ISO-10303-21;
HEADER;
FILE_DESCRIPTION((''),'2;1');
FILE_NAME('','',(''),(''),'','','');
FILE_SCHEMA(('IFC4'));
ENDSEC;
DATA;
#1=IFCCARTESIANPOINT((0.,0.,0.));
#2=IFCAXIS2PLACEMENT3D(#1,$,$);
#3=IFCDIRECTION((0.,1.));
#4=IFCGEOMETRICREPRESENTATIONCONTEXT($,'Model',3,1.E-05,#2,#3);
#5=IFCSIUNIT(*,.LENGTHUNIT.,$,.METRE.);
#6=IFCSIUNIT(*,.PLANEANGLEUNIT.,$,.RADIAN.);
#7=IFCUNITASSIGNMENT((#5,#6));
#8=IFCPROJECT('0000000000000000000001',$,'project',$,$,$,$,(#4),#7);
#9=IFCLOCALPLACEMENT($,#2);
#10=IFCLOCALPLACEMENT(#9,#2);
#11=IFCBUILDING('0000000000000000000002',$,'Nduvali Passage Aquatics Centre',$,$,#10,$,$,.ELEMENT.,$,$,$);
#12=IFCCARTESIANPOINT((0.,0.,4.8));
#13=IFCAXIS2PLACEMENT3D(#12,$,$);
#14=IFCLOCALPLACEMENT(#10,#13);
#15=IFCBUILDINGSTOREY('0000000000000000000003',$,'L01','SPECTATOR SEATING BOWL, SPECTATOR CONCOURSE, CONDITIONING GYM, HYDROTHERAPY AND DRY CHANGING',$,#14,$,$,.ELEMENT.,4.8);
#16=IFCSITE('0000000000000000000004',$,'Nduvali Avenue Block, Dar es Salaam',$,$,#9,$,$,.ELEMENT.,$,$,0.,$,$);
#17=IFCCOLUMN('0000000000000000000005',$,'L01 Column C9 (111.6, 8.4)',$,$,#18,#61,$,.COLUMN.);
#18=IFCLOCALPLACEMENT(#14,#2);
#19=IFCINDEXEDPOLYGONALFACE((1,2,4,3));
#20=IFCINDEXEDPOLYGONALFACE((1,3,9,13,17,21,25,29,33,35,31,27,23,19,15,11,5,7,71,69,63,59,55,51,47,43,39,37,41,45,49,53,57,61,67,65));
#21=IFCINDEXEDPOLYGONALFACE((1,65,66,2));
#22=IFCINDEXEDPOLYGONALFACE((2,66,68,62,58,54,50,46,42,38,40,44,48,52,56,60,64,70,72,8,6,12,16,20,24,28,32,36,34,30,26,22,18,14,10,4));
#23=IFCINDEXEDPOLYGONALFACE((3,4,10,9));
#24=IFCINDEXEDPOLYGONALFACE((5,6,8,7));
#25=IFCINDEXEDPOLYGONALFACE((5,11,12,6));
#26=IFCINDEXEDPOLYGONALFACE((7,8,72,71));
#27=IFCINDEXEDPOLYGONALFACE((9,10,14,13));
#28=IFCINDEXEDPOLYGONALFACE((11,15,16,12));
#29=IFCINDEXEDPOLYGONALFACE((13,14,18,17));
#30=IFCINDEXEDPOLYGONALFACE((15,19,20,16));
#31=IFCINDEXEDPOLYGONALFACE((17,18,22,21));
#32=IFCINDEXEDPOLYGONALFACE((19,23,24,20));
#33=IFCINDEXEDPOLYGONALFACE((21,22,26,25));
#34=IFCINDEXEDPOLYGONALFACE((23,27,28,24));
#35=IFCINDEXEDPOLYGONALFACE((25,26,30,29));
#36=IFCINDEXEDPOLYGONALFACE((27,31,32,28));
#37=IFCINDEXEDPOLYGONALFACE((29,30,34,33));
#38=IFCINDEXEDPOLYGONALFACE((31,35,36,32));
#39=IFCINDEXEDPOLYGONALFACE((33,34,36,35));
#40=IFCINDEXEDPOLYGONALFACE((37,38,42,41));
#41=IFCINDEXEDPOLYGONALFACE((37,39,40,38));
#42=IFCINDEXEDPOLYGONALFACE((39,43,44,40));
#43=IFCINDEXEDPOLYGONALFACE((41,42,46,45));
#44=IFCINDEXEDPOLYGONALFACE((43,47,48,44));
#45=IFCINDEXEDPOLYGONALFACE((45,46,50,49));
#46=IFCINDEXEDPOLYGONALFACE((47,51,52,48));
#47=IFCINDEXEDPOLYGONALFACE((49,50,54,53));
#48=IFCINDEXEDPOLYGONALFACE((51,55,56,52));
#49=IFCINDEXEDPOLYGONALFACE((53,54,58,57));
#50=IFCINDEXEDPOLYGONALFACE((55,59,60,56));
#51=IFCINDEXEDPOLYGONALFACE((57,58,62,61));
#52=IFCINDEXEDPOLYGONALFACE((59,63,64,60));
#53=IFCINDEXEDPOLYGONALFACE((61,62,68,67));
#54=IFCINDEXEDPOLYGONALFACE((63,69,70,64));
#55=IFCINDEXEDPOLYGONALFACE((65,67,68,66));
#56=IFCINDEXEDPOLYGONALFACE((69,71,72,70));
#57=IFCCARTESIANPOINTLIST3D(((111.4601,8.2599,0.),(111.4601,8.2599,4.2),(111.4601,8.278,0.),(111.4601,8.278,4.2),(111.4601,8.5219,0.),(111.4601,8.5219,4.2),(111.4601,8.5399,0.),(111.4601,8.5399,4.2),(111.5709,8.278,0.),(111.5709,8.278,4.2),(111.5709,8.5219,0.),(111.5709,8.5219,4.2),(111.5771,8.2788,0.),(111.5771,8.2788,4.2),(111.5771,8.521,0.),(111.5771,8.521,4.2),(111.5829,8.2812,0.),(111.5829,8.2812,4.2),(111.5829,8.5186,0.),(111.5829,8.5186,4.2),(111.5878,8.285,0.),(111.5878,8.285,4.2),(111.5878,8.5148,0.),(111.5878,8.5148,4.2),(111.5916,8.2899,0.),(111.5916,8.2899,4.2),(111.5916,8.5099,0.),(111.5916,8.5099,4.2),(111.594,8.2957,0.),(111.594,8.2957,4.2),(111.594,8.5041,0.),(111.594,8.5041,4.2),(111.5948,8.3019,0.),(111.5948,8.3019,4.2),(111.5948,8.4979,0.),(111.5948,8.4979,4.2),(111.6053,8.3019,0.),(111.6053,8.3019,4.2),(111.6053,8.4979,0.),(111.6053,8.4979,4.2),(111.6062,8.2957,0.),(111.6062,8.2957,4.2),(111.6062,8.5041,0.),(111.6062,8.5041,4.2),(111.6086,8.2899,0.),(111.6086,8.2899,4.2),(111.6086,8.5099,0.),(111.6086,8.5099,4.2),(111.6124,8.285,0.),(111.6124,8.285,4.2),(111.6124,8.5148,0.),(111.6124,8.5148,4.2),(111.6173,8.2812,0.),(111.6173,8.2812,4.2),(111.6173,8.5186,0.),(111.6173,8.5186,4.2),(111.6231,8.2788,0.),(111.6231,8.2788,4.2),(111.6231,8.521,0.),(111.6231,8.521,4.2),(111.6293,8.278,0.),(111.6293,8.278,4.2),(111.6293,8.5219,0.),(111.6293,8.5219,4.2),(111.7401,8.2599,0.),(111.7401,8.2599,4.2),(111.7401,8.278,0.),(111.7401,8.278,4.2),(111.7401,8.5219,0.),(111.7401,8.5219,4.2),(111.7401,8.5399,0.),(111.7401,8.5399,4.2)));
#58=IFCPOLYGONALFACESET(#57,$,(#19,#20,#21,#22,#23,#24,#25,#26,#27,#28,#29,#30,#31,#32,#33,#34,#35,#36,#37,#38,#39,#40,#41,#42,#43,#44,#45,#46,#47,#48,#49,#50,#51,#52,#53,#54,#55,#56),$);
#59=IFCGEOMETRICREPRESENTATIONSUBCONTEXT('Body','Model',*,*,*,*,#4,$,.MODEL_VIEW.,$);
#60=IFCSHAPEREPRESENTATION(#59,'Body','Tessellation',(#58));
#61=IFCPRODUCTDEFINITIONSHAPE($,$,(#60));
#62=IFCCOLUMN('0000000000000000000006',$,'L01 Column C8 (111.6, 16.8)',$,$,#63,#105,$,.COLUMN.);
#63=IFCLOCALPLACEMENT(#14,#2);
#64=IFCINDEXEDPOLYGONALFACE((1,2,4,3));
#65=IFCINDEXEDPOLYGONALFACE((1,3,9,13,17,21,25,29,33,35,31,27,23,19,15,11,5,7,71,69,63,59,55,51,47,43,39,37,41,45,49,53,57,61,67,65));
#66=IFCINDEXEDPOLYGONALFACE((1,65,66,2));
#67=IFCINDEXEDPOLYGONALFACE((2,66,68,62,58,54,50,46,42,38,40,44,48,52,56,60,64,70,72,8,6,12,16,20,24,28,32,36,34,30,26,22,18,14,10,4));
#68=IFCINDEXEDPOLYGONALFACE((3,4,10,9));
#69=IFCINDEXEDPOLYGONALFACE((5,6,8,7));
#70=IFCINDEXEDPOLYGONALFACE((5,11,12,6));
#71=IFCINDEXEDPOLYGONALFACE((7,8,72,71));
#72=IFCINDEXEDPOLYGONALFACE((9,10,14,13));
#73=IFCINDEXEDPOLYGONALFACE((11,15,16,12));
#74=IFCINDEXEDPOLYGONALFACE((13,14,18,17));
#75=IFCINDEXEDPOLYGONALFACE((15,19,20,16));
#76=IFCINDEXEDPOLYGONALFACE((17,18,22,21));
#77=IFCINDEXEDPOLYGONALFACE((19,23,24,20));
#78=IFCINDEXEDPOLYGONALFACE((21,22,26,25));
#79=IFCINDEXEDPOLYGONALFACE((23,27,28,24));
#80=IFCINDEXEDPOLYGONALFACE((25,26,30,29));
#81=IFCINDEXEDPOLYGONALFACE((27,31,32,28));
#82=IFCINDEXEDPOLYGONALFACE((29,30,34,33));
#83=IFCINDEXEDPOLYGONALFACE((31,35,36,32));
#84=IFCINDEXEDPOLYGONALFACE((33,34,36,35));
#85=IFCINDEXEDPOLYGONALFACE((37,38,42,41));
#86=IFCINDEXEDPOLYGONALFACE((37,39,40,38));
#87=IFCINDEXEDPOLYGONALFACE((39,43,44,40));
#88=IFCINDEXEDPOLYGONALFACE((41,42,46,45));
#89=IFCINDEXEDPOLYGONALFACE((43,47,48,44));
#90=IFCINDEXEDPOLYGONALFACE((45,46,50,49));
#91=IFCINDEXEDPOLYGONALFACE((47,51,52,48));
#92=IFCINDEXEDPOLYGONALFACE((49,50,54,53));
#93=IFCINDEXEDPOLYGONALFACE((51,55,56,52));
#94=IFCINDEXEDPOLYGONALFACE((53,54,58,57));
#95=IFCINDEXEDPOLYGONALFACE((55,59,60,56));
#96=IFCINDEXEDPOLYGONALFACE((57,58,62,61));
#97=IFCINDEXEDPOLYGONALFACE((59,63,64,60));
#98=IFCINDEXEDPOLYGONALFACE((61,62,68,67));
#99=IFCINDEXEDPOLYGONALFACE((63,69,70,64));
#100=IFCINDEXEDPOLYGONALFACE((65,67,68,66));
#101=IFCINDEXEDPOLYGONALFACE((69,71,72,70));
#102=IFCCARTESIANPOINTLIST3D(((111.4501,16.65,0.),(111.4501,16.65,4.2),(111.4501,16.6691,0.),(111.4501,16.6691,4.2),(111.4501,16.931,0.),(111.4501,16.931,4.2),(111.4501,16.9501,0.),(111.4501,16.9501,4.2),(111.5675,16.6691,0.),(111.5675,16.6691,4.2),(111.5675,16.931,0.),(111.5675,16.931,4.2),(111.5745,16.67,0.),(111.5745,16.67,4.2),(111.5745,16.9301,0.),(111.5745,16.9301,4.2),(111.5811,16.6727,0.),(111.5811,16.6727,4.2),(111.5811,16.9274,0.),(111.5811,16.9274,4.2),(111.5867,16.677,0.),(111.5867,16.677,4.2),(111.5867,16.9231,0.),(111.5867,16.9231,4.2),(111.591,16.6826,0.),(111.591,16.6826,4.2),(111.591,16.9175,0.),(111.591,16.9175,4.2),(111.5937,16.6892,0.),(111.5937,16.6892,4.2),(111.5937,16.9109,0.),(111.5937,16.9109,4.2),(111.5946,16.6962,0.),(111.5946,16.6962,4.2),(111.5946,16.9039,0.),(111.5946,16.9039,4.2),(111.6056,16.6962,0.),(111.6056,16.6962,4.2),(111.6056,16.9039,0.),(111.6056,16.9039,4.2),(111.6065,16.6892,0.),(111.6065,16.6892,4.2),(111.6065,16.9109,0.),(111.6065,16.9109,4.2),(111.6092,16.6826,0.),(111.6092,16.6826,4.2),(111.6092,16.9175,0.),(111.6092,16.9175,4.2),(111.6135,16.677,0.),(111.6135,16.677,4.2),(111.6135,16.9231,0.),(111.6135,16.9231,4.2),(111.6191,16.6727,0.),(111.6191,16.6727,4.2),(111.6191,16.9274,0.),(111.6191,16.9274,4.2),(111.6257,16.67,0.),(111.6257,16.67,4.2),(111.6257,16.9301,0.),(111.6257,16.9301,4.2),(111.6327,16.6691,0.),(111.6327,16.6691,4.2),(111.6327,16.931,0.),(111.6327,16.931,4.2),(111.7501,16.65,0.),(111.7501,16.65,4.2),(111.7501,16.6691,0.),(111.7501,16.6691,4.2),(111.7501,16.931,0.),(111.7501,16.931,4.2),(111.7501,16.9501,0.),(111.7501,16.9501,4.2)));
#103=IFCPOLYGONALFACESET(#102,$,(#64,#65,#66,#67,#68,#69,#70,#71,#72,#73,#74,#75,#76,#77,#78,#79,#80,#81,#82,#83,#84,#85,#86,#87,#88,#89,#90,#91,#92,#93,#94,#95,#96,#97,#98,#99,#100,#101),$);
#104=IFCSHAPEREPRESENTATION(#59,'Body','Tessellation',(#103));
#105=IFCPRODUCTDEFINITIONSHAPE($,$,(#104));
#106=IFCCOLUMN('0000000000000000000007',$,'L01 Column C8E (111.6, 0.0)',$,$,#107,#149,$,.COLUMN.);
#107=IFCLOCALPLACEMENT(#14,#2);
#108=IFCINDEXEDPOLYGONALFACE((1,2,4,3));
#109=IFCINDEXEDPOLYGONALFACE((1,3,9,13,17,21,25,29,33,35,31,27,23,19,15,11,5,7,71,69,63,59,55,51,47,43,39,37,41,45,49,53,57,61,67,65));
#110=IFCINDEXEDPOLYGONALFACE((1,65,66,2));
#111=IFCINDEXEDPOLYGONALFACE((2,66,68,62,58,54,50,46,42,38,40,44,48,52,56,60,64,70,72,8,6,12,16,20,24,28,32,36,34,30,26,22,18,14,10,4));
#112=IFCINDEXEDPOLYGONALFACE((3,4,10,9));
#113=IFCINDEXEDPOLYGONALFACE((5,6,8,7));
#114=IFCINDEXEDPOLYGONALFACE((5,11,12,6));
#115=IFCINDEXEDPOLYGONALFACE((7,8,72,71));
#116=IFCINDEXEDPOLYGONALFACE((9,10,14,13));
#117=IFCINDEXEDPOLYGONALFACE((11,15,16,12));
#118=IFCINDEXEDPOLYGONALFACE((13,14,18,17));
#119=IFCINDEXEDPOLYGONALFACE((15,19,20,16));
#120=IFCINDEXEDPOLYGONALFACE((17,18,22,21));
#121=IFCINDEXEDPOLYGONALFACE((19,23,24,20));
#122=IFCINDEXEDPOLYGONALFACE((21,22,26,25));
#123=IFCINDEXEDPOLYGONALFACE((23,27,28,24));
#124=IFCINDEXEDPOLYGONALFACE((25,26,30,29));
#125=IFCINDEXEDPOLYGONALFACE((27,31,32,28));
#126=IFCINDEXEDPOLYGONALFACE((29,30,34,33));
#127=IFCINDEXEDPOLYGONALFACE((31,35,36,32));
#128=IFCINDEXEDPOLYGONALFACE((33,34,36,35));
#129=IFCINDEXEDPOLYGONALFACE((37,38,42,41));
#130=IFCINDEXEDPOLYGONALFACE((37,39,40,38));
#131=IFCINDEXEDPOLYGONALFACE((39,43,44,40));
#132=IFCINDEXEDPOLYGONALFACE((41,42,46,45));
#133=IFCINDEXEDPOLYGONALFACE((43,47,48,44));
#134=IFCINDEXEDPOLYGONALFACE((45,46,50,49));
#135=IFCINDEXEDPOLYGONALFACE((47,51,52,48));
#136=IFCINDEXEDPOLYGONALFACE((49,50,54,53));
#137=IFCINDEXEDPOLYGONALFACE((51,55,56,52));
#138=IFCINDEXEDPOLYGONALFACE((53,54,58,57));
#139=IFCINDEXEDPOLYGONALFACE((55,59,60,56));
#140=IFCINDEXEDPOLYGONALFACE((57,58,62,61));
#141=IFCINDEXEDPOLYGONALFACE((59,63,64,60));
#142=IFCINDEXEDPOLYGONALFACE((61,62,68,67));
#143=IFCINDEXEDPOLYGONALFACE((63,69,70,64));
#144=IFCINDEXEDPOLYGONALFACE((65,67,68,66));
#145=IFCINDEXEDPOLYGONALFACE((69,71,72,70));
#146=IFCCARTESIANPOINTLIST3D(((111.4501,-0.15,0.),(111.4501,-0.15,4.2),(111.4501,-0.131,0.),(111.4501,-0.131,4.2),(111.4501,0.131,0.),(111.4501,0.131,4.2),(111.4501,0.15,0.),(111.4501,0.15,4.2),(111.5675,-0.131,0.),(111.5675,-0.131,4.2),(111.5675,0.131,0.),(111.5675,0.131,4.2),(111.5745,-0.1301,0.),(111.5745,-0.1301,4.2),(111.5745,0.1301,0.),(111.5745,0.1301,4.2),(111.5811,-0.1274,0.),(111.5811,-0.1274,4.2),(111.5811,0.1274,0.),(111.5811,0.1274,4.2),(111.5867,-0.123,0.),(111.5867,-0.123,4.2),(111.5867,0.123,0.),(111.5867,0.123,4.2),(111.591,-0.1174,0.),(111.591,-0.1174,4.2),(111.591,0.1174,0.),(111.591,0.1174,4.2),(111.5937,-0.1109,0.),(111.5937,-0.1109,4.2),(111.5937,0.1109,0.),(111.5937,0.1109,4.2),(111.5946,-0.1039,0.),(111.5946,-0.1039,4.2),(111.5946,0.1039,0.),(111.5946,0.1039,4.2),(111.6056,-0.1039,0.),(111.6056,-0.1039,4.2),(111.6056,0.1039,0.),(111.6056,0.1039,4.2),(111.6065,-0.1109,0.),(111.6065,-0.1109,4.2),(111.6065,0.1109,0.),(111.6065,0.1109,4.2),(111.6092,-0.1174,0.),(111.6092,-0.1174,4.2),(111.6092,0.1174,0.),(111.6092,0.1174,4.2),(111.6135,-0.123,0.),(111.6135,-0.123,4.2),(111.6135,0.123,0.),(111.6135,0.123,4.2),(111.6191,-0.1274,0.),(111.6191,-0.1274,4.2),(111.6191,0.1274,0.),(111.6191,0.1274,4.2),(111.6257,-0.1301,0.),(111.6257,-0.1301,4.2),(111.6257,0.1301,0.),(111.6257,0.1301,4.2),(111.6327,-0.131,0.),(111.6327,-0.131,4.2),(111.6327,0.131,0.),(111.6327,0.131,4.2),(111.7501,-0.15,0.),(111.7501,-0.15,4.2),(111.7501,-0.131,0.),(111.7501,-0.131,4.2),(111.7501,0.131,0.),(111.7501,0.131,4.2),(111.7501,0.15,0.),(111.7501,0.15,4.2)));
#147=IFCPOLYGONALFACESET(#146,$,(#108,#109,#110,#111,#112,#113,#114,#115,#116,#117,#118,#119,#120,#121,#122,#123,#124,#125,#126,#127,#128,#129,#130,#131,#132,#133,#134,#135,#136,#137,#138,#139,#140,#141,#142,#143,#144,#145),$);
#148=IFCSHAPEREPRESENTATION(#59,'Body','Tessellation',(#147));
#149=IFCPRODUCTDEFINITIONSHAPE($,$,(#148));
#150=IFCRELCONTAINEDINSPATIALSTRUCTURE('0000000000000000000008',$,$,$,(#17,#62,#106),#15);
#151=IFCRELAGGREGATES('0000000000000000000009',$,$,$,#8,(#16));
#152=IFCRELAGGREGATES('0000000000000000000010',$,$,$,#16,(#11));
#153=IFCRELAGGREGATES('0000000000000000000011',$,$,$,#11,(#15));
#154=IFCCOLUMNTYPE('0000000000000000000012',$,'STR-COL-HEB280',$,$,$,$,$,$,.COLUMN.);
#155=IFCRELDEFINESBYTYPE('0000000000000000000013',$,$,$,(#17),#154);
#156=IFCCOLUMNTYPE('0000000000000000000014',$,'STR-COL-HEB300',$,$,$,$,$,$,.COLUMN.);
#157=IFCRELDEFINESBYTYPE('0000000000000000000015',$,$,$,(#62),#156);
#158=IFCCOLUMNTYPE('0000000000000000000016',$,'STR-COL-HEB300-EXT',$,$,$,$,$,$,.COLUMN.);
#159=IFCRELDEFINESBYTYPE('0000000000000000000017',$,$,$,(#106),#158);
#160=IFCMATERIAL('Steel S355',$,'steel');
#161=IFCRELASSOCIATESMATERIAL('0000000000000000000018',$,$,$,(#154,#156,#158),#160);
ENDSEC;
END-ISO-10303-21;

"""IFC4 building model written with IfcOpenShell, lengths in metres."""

from ifc_helpers import new_model, si_unit, direction, frame, origin, origin_2d, place, context, subcontext, project, spatial, i_section, extrude, material, material_profile, profile_set, type_object, element, save


model = new_model("IFC4")

# Units and contexts
model_context = context("Model", 3, precision=1e-05, world=origin(), true_north=direction((0.0, 1.0)))
body_context = subcontext(model_context, "Body", "Model", "MODEL_VIEW")
ifc_project = project(units=[si_unit("LENGTHUNIT", "METRE"), si_unit("PLANEANGLEUNIT", "RADIAN")], contexts=[model_context])

# Site, building, storey
site_placement = place(None, origin())
site = spatial("IfcSite", under=ifc_project, at=site_placement, Name="Nduvali Avenue Block, Dar es Salaam", CompositionType="ELEMENT", RefElevation=0.0)
building_placement = place(site_placement, origin())
building = spatial("IfcBuilding", under=site, at=building_placement, Name="Nduvali Passage Aquatics Centre", CompositionType="ELEMENT")
storey_placement = place(building_placement, frame((0.0, 0.0, 4.8)))
storey = spatial("IfcBuildingStorey", under=building, at=storey_placement, Name="L01", Description="SPECTATOR SEATING BOWL, SPECTATOR CONCOURSE, CONDITIONING GYM, HYDROTHERAPY AND DRY CHANGING", CompositionType="ELEMENT", Elevation=4.8)

# Columns
ifc_material_1 = material(Name="Steel S355", Category="steel")
ifc_material_profile_1 = material_profile(ifc_material_1, i_section(OverallWidth=0.28, OverallDepth=0.28, WebThickness=0.0105, FlangeThickness=0.0181, FilletRadius=0.0239, at=origin_2d()), Name="HEB 280")
ifc_profile_set_1 = profile_set([ifc_material_profile_1], Name="Steel S355")
column_type_1 = type_object("IfcColumnType", Name="STR-COL-HEB280", PredefinedType="COLUMN", material=ifc_profile_set_1)
column_1_placement = place(storey_placement, frame((111.6001, 8.3999, 0.0), z_axis=(0.0, 0.0, 1.0), x_axis=(1.0, 0.0, 0.0)))
element("IfcColumn", 1, at=column_1_placement, inside=storey, type_object=column_type_1, Name="L01 Column C9 (111.6, 8.4)", PredefinedType="COLUMN", context=body_context, shape_type="SweptSolid", body=[
    extrude(i_section(OverallWidth=0.28, OverallDepth=0.28, WebThickness=0.0105, FlangeThickness=0.0181, FilletRadius=0.0239, at=origin_2d()), origin(), (0.0, 0.0, 1.0), 4.2),
])
ifc_material_profile_2 = material_profile(ifc_material_1, i_section(OverallWidth=0.3, OverallDepth=0.3, WebThickness=0.011, FlangeThickness=0.019, FilletRadius=0.0271, at=origin_2d()), Name="HEB 300")
ifc_profile_set_2 = profile_set([ifc_material_profile_2], Name="Steel S355")
column_type_2 = type_object("IfcColumnType", Name="STR-COL-HEB300", PredefinedType="COLUMN", material=ifc_profile_set_2)
column_2_placement = place(storey_placement, frame((111.6001, 16.8, 0.0), z_axis=(0.0, 0.0, 1.0), x_axis=(1.0, 0.0, 0.0)))
element("IfcColumn", 2, at=column_2_placement, inside=storey, type_object=column_type_2, Name="L01 Column C8 (111.6, 16.8)", PredefinedType="COLUMN", context=body_context, shape_type="SweptSolid", body=[
    extrude(i_section(OverallWidth=0.3, OverallDepth=0.3, WebThickness=0.011, FlangeThickness=0.019, FilletRadius=0.0271, at=origin_2d()), origin(), (0.0, 0.0, 1.0), 4.2),
])
ifc_material_profile_3 = material_profile(ifc_material_1, i_section(OverallWidth=0.3, OverallDepth=0.3, WebThickness=0.011, FlangeThickness=0.019, FilletRadius=0.0271, at=origin_2d()), Name="HEB 300")
ifc_profile_set_3 = profile_set([ifc_material_profile_3], Name="Steel S355")
column_type_3 = type_object("IfcColumnType", Name="STR-COL-HEB300-EXT", PredefinedType="COLUMN", material=ifc_profile_set_3)
column_3_placement = place(storey_placement, frame((111.6001, 0.0, 0.0), z_axis=(0.0, 0.0, 1.0), x_axis=(1.0, 0.0, 0.0)))
element("IfcColumn", 3, at=column_3_placement, inside=storey, type_object=column_type_3, Name="L01 Column C8E (111.6, 0.0)", PredefinedType="COLUMN", context=body_context, shape_type="SweptSolid", body=[
    extrude(i_section(OverallWidth=0.3, OverallDepth=0.3, WebThickness=0.011, FlangeThickness=0.019, FilletRadius=0.0271, at=origin_2d()), origin(), (0.0, 0.0, 1.0), 4.2),
])

save(model, "model.ifc")
